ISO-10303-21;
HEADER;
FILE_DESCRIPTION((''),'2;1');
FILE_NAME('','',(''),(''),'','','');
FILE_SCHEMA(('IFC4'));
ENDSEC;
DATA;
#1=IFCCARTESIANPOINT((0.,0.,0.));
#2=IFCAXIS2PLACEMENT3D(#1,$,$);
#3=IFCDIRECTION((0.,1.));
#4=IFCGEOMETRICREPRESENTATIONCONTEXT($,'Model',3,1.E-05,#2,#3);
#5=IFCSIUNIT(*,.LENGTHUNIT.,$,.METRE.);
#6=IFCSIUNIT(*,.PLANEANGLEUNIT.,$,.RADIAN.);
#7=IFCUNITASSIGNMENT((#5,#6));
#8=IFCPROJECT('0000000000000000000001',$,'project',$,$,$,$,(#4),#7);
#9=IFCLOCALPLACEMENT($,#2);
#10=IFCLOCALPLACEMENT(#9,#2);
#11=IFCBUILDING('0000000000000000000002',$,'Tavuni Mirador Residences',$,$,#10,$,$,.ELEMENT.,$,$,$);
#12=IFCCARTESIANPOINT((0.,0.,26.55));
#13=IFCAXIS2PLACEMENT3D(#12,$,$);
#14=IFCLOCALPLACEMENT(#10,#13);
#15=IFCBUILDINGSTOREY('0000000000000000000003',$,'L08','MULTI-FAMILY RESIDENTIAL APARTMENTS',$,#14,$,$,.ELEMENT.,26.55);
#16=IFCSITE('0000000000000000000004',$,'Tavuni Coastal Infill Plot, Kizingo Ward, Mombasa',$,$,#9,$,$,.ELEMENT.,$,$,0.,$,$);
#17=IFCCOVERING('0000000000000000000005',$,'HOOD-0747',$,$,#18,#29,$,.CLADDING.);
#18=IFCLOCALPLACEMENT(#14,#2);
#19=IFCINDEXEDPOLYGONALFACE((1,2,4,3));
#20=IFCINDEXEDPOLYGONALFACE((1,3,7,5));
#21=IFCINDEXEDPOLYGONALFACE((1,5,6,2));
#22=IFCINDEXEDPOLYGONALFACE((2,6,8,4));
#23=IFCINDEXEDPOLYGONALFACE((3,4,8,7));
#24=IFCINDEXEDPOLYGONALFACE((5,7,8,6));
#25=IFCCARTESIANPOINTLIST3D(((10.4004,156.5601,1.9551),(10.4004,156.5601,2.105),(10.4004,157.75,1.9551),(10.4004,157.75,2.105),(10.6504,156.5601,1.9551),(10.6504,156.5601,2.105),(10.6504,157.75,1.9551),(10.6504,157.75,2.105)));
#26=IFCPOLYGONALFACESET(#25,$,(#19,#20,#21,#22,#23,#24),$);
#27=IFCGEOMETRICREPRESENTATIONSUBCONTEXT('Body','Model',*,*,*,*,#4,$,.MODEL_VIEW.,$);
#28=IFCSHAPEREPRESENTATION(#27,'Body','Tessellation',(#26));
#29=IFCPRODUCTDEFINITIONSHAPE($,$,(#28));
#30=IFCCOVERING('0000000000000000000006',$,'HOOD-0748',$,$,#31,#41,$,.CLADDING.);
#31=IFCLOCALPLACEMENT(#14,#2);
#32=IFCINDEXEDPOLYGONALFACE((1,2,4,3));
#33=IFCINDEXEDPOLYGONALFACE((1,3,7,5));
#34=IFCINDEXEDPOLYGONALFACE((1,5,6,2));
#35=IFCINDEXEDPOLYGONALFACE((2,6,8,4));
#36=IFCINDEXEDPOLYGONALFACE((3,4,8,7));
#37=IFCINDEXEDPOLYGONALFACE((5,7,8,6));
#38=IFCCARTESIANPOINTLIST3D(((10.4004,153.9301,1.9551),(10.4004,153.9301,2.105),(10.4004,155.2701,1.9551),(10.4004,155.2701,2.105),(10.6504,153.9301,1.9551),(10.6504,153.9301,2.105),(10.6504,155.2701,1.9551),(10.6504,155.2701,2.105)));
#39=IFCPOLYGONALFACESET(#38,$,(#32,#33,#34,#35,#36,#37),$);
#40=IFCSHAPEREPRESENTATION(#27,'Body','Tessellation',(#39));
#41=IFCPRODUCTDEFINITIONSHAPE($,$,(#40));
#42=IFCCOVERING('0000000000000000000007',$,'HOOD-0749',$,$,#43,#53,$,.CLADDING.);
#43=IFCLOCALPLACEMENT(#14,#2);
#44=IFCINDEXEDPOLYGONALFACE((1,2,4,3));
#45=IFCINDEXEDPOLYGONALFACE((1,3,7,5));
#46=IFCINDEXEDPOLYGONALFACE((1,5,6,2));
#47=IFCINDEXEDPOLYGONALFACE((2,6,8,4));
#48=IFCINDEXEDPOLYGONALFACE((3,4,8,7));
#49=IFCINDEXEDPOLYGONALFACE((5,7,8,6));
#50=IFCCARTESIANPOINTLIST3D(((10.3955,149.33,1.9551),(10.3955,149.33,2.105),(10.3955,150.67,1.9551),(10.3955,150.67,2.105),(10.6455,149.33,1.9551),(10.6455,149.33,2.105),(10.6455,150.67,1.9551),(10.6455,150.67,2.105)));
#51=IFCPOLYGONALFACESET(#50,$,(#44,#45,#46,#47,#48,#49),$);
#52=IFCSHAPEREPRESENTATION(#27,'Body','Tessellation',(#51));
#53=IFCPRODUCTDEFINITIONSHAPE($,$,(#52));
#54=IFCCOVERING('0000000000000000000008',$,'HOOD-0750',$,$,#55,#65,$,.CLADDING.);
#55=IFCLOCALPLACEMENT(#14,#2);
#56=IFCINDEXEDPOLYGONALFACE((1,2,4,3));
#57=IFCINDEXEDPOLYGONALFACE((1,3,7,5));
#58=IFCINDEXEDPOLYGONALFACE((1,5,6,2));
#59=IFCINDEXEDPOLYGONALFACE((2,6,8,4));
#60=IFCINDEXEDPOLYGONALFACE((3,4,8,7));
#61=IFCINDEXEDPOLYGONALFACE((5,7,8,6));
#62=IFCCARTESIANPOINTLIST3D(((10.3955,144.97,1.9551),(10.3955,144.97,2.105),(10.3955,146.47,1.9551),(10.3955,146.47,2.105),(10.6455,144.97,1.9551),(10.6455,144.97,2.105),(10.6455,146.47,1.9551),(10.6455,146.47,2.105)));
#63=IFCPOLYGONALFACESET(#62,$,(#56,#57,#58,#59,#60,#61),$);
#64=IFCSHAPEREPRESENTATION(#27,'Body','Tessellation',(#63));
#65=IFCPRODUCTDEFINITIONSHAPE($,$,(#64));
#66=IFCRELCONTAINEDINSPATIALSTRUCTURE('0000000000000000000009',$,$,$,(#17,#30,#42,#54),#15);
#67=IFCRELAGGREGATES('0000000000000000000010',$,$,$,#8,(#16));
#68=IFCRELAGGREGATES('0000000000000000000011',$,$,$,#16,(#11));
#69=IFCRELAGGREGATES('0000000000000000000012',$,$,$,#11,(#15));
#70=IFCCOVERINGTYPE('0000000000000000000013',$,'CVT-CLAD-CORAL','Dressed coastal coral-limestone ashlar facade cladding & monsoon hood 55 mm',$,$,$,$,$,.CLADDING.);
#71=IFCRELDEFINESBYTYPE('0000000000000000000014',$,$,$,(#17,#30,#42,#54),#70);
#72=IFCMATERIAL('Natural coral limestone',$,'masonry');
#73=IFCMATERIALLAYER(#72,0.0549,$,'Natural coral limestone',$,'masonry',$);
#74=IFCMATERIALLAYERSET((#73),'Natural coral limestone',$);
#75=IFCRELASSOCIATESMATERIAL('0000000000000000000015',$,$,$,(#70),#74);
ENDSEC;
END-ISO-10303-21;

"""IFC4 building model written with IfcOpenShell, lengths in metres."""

from ifc_helpers import new_model, si_unit, direction, frame, origin, origin_2d, place, context, subcontext, project, spatial, rectangle, extrude, material, layer, layer_set, type_object, element, save


model = new_model("IFC4")

# Units and contexts
model_context = context("Model", 3, precision=1e-05, world=origin(), true_north=direction((0.0, 1.0)))
body_context = subcontext(model_context, "Body", "Model", "MODEL_VIEW")
ifc_project = project(units=[si_unit("LENGTHUNIT", "METRE"), si_unit("PLANEANGLEUNIT", "RADIAN")], contexts=[model_context])

# Site, building, storey
site_placement = place(None, origin())
site = spatial("IfcSite", under=ifc_project, at=site_placement, Name="Tavuni Coastal Infill Plot, Kizingo Ward, Mombasa", CompositionType="ELEMENT", RefElevation=0.0)
building_placement = place(site_placement, origin())
building = spatial("IfcBuilding", under=site, at=building_placement, Name="Tavuni Mirador Residences", CompositionType="ELEMENT")
storey_placement = place(building_placement, frame((0.0, 0.0, 26.55)))
storey = spatial("IfcBuildingStorey", under=building, at=storey_placement, Name="L08", Description="MULTI-FAMILY RESIDENTIAL APARTMENTS", CompositionType="ELEMENT", Elevation=26.55)

# Coverings
ifc_material_1 = material(Name="Natural coral limestone", Category="masonry")
ifc_layer_1 = layer(ifc_material_1, 0.0549, Name="Natural coral limestone", Category="masonry")
ifc_layer_set_1 = layer_set([ifc_layer_1], Name="Natural coral limestone")
covering_type = type_object("IfcCoveringType", Name="CVT-CLAD-CORAL", Description="Dressed coastal coral-limestone ashlar facade cladding & monsoon hood 55 mm", PredefinedType="CLADDING", material=ifc_layer_set_1)
covering_1_placement = place(storey_placement, frame((10.5254, 157.155, 1.9551), z_axis=(0.0, 0.0, 1.0), x_axis=(0.0, -1.0, 0.0)))
element("IfcCovering", 1, at=covering_1_placement, inside=storey, type_object=covering_type, Name="HOOD-0747", PredefinedType="CLADDING", context=body_context, shape_type="SweptSolid", body=[
    extrude(rectangle(XDim=1.1899, YDim=0.25, at=origin_2d()), origin(), (0.0, 0.0, 1.0), 0.1499),
])
for number, where, z_axis, x_axis, name in (
    (2, (10.5254, 154.6001, 1.9551), (0.0, 0.0, 1.0), (0.0, -1.0, 0.0), "HOOD-0748"),
    (3, (10.5205, 150.0, 1.9551), (0.0, 0.0, 1.0), (0.0, -1.0, 0.0), "HOOD-0749"),
):
    element("IfcCovering", number, at=place(storey_placement, frame(where, z_axis=z_axis, x_axis=x_axis)), inside=storey, type_object=covering_type, Name=name, PredefinedType="CLADDING", context=body_context, shape_type="SweptSolid", body=[
        extrude(rectangle(XDim=1.3401, YDim=0.25, at=origin_2d()), origin(), (0.0, 0.0, 1.0), 0.1499),
    ])
covering_2_placement = place(storey_placement, frame((10.5205, 145.72, 1.9551), z_axis=(0.0, 0.0, 1.0), x_axis=(0.0, -1.0, 0.0)))
element("IfcCovering", 4, at=covering_2_placement, inside=storey, type_object=covering_type, Name="HOOD-0750", PredefinedType="CLADDING", context=body_context, shape_type="SweptSolid", body=[
    extrude(rectangle(XDim=1.5, YDim=0.25, at=origin_2d()), origin(), (0.0, 0.0, 1.0), 0.1499),
])

save(model, "model.ifc")
